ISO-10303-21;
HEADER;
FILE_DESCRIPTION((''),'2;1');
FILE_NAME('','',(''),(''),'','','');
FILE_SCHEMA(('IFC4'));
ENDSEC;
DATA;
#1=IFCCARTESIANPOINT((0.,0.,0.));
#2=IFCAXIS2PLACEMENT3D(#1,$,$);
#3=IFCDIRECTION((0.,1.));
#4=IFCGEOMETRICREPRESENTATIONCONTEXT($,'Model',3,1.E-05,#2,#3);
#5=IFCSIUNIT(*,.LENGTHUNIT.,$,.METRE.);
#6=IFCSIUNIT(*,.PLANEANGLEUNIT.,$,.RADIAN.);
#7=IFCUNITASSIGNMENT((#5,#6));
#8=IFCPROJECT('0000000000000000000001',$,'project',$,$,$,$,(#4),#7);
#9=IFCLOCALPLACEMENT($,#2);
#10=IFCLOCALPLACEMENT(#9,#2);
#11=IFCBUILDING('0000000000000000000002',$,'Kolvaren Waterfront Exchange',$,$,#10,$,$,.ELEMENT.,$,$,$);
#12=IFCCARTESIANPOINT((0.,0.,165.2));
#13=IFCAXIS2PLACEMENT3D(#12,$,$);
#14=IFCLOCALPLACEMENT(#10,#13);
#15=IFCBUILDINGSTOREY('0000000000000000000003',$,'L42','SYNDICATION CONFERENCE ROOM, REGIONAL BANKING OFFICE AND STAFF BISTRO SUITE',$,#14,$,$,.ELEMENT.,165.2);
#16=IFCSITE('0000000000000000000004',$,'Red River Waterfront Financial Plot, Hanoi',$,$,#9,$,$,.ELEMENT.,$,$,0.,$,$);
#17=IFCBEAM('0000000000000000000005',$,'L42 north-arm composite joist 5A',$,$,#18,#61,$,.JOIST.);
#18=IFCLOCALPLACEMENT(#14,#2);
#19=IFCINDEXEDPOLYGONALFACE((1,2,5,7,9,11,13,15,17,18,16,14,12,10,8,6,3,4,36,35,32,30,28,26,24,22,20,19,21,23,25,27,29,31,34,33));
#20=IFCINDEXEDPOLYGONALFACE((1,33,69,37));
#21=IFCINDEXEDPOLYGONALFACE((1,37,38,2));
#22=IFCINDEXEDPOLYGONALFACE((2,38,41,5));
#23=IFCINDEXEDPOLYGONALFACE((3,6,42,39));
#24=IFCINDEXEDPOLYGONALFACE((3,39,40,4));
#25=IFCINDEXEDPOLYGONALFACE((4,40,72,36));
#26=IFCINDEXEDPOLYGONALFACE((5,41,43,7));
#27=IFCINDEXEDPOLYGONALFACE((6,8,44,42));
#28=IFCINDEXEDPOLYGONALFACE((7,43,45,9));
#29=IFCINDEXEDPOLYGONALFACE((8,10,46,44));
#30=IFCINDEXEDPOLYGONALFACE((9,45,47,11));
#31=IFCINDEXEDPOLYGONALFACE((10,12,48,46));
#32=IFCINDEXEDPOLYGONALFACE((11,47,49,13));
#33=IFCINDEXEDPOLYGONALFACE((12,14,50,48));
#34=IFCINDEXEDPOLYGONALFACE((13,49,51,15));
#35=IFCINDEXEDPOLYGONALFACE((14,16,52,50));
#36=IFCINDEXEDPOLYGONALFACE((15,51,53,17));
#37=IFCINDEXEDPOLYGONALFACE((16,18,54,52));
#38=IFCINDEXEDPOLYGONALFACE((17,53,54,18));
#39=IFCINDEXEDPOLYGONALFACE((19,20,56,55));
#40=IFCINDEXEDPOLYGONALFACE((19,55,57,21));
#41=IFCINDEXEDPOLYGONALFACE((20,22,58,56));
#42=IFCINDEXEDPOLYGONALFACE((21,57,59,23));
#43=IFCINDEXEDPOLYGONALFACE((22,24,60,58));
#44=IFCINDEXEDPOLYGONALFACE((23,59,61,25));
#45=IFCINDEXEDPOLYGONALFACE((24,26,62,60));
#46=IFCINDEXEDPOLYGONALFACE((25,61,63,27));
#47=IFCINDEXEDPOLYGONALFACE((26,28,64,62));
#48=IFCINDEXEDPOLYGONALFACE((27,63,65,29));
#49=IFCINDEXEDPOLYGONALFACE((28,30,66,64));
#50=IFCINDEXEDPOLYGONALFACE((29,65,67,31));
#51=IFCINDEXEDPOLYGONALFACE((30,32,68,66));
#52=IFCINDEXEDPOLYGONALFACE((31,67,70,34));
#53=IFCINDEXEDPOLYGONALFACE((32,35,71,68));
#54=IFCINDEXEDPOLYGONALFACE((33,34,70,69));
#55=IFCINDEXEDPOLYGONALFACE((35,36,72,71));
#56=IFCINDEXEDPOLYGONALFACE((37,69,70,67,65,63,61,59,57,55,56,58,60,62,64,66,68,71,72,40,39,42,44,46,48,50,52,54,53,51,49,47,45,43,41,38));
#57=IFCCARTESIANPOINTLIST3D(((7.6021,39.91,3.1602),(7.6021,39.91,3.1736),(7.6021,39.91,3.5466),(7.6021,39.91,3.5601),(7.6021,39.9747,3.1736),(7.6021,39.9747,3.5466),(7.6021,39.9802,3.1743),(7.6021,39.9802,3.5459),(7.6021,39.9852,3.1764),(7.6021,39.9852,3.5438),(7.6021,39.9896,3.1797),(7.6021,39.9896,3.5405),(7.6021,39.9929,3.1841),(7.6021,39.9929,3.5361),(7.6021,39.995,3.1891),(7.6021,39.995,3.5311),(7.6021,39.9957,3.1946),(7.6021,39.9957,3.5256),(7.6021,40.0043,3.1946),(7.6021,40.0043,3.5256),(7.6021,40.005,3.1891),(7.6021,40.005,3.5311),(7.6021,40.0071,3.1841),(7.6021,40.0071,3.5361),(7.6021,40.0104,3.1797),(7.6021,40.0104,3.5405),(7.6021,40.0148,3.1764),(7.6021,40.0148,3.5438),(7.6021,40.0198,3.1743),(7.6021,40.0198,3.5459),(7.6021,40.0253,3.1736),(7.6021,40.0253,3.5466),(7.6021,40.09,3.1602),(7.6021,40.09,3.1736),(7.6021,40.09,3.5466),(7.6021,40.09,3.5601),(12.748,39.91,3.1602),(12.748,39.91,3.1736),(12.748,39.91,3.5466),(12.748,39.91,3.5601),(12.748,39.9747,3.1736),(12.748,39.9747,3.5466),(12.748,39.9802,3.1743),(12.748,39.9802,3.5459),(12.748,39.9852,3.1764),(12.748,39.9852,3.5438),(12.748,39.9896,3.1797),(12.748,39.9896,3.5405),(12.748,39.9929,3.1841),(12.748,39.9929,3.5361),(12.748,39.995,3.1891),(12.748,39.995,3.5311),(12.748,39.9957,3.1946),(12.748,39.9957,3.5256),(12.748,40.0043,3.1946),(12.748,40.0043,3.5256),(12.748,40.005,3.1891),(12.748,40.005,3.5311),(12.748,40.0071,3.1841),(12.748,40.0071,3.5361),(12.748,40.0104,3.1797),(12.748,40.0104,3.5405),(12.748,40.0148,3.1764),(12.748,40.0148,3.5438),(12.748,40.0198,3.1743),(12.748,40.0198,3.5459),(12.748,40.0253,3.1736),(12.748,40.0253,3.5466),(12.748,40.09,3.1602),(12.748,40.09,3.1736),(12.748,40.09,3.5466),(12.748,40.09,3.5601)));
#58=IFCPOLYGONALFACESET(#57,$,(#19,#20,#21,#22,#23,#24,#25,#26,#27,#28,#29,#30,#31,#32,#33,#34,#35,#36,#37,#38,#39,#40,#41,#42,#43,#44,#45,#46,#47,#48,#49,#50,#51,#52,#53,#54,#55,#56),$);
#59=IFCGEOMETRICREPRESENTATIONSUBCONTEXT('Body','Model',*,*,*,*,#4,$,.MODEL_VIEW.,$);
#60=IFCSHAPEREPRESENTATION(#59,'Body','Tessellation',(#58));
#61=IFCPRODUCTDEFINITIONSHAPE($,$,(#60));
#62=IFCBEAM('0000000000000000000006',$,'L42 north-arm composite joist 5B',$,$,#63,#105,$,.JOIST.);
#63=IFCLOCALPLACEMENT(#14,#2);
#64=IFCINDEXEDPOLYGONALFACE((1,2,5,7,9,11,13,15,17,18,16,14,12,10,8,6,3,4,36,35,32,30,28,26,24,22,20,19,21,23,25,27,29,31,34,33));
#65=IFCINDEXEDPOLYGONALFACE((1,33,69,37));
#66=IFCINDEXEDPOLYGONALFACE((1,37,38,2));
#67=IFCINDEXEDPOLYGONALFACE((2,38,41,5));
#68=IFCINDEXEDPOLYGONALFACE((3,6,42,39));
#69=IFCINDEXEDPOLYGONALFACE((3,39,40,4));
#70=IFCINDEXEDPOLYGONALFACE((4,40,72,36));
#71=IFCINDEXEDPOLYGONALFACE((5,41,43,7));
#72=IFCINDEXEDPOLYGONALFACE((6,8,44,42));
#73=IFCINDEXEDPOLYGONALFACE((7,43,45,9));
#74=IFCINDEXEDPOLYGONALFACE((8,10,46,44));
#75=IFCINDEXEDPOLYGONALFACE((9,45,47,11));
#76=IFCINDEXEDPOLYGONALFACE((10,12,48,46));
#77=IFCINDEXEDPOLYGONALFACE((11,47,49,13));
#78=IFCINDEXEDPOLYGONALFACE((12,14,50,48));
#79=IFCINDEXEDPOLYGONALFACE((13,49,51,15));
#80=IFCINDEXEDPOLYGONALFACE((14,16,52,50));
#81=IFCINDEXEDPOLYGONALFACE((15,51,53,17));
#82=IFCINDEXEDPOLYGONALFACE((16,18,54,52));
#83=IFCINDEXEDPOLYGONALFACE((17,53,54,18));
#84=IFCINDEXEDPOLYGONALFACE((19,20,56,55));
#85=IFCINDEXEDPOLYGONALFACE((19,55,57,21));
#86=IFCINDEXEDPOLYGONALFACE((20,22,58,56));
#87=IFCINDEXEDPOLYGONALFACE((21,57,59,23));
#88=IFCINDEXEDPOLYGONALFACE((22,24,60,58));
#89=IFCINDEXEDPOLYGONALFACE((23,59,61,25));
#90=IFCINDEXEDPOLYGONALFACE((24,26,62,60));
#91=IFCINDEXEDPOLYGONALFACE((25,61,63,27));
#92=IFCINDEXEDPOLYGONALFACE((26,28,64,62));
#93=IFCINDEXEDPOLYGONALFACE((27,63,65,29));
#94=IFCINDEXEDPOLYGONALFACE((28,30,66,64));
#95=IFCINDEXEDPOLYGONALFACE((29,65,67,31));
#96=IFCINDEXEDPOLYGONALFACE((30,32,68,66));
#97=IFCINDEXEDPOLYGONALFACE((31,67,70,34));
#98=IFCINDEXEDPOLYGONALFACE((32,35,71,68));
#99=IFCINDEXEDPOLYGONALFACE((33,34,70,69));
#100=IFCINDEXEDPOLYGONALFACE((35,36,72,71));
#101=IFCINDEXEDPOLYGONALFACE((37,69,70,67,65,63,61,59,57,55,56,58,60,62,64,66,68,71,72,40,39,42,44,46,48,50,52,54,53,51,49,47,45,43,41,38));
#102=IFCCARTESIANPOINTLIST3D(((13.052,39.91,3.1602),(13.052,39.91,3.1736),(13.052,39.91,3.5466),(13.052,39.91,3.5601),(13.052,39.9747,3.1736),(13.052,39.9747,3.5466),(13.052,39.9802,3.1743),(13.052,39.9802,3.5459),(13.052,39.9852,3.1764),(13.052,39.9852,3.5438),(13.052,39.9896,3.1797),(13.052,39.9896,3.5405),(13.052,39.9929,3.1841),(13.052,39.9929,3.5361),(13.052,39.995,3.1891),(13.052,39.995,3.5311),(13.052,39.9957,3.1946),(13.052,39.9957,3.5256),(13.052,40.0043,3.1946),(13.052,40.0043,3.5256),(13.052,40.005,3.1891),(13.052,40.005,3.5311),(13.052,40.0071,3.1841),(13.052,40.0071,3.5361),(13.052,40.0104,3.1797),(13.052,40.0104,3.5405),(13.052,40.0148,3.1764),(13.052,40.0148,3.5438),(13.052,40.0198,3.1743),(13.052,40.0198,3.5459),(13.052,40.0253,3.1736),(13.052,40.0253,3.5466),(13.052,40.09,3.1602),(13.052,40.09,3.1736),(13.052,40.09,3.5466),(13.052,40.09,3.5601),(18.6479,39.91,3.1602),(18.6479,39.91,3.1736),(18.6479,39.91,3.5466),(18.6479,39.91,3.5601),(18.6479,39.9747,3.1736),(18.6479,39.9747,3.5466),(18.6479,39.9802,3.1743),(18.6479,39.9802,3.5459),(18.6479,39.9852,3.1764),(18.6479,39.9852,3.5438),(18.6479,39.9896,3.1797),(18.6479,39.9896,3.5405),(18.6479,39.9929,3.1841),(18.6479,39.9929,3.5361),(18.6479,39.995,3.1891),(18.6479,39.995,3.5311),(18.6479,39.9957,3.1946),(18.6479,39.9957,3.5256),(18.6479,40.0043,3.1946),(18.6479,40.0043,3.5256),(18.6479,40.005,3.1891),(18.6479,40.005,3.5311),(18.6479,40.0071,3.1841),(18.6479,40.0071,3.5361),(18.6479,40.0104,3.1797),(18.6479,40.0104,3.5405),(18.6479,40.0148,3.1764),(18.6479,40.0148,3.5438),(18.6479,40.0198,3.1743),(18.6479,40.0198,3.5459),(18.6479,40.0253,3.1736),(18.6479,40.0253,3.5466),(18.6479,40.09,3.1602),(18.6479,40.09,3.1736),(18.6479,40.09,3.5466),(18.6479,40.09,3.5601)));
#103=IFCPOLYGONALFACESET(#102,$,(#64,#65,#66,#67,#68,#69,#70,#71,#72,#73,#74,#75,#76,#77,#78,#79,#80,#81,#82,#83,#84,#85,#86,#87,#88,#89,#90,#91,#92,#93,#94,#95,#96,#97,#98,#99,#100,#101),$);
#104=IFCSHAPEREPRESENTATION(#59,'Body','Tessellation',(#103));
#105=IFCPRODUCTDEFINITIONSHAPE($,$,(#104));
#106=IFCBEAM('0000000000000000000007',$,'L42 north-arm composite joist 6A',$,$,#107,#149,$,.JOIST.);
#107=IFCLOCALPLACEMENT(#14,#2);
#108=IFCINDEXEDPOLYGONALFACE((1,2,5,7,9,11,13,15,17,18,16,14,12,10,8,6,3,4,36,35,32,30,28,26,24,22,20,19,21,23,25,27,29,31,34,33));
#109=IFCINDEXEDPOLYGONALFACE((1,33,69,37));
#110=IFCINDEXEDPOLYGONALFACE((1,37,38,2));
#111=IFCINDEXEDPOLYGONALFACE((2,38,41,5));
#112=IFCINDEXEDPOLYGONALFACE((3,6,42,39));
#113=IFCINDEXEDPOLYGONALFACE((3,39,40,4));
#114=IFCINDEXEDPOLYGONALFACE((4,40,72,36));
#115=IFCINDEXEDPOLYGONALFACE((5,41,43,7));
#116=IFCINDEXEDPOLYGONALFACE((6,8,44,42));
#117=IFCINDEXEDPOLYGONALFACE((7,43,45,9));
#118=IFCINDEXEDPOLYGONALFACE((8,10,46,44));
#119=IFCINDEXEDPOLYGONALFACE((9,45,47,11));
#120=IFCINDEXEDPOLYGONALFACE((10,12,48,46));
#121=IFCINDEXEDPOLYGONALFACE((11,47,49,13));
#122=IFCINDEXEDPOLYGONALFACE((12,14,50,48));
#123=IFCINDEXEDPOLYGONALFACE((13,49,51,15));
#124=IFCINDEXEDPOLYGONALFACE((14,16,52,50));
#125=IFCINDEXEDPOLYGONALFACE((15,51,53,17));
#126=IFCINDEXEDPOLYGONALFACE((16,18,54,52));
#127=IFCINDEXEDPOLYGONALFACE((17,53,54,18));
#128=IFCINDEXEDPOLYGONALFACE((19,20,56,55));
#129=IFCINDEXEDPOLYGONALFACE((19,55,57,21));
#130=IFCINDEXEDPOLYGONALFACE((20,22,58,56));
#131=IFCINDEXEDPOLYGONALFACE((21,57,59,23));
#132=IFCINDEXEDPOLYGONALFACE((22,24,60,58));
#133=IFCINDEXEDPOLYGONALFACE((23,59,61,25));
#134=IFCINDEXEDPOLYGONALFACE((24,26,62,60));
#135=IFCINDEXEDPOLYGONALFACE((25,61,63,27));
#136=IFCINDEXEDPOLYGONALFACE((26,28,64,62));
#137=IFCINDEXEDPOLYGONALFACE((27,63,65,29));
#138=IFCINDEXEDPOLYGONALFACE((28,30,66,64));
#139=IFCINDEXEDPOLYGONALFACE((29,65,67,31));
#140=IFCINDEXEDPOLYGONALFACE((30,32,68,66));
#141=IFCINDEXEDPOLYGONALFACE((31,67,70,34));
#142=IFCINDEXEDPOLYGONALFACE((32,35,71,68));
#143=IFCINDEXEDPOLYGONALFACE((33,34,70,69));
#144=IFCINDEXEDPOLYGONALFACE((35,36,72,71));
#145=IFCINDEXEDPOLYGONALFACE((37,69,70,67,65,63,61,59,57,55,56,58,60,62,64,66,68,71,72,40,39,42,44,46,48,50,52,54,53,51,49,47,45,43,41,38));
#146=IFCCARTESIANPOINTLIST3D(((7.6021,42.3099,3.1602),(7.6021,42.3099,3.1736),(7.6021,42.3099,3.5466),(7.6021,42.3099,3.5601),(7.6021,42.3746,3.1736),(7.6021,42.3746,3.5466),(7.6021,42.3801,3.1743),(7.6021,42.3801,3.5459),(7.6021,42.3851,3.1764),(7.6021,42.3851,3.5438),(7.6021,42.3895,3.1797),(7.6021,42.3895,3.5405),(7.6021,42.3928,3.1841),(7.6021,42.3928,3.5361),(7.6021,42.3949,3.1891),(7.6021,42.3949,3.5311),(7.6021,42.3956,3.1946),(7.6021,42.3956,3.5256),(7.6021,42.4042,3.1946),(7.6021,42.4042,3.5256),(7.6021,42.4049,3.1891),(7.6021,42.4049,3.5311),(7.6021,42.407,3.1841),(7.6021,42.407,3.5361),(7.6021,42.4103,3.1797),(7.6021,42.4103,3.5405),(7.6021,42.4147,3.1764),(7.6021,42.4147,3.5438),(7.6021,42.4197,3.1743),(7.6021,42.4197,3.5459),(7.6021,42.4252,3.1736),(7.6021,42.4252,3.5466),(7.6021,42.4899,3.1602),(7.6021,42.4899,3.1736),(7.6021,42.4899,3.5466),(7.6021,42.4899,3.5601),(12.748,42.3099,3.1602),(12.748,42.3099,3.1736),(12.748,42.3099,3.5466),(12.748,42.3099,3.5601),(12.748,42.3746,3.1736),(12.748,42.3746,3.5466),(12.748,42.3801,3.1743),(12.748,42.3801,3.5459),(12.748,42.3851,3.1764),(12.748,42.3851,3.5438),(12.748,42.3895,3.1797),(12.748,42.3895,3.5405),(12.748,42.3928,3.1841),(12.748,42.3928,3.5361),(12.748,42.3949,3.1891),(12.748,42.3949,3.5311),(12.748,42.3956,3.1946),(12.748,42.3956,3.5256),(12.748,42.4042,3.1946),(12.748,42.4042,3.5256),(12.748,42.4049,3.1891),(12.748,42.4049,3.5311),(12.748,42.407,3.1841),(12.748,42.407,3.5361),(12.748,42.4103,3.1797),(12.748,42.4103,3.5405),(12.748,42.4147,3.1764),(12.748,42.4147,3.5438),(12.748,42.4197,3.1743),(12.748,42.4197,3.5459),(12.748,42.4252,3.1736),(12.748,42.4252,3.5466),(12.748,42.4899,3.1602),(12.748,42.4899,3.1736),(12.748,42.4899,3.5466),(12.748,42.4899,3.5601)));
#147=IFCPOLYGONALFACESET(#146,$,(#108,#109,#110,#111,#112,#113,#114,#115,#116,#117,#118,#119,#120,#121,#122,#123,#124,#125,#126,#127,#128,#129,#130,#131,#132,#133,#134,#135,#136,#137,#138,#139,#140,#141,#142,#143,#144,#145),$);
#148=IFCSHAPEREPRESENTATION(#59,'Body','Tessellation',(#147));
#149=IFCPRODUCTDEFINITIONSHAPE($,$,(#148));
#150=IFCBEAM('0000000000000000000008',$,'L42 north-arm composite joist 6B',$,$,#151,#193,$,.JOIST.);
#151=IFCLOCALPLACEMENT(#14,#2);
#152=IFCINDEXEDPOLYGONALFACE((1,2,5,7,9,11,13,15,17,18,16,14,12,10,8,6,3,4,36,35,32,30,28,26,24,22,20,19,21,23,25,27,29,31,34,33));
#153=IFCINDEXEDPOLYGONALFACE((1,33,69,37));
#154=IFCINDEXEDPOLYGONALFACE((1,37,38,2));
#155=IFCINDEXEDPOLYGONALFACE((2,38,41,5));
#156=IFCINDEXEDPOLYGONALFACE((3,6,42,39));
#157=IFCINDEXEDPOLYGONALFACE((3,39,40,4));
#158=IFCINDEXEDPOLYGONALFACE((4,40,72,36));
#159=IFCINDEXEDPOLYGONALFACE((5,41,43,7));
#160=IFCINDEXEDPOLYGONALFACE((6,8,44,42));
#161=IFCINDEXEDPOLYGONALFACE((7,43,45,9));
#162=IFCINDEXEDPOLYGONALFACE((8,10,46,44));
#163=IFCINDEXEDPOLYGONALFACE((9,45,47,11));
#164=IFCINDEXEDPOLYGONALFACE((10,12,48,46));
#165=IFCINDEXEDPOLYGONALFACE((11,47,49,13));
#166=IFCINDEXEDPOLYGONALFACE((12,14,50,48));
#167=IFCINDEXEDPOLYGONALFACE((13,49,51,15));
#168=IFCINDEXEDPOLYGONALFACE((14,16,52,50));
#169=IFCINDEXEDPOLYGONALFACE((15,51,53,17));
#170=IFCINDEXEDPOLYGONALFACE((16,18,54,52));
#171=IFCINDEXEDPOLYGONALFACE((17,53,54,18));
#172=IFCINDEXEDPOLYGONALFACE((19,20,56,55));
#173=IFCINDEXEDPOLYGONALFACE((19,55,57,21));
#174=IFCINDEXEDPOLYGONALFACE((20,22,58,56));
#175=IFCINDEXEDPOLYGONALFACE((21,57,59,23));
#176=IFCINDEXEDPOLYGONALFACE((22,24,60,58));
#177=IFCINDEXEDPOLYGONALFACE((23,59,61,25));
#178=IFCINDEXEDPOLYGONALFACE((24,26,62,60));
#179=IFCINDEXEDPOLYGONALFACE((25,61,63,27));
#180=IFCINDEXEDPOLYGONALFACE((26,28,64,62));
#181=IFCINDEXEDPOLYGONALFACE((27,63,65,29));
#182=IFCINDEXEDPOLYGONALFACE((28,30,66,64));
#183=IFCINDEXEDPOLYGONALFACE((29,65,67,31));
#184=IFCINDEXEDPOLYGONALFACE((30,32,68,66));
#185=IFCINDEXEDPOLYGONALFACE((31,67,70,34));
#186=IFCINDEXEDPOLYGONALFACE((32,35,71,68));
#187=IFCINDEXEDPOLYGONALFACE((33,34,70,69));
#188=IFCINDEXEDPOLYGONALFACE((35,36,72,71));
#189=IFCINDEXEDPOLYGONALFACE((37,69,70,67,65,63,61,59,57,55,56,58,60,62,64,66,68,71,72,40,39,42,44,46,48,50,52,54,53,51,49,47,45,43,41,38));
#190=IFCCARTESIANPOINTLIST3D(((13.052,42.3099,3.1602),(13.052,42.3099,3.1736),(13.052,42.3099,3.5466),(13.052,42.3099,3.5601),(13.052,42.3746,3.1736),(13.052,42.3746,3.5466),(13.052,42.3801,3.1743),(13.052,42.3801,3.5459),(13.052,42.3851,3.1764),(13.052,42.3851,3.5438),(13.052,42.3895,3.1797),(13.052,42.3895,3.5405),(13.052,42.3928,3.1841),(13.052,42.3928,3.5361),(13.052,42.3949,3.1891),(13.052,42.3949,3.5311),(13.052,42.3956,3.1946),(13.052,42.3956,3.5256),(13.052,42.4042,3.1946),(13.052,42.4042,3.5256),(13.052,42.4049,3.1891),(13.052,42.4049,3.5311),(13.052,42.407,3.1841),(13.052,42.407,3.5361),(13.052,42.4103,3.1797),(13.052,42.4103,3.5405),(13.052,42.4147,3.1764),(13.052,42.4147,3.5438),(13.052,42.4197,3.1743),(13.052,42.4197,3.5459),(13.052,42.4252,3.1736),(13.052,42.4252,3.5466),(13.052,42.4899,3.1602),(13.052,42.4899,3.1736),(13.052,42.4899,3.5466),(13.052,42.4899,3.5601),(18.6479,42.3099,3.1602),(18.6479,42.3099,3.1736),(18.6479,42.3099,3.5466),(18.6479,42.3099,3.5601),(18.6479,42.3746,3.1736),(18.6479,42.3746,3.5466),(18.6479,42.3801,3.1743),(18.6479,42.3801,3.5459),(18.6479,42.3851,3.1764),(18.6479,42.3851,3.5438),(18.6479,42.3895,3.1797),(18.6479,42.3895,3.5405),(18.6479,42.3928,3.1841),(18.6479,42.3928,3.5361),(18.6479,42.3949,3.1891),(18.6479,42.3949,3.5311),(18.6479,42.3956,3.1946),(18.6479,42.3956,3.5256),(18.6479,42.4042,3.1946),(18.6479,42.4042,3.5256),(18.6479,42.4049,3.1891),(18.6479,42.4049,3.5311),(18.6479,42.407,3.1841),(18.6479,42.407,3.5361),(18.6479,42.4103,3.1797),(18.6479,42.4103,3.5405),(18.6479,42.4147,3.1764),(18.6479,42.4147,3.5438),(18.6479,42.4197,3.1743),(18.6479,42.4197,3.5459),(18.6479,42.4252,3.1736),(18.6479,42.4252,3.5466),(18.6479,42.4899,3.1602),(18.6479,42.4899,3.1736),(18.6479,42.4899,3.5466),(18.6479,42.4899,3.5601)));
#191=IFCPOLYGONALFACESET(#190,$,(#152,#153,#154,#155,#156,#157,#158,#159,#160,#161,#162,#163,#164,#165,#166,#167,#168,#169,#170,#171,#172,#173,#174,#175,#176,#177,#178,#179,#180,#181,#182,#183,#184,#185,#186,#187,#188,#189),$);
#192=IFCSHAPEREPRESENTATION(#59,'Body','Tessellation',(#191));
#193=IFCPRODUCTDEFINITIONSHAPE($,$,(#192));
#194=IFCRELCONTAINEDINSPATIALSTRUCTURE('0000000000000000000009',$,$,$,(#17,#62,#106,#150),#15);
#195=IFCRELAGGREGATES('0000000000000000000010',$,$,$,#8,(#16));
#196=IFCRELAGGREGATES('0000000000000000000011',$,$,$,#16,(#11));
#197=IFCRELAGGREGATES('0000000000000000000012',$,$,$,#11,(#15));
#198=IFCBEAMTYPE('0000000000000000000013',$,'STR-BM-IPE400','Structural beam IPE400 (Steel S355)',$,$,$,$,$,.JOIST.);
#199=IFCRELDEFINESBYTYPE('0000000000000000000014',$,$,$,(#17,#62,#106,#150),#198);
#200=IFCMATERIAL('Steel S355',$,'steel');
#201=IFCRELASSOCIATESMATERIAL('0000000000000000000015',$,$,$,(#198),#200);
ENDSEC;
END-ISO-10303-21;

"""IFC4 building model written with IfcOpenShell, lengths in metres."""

from ifc_helpers import new_model, si_unit, direction, frame, origin, origin_2d, place, context, subcontext, project, spatial, i_section, extrude, material, material_profile, profile_set, type_object, element, save


model = new_model("IFC4")

# Units and contexts
model_context = context("Model", 3, precision=1e-05, world=origin(), true_north=direction((0.0, 1.0)))
body_context = subcontext(model_context, "Body", "Model", "MODEL_VIEW")
ifc_project = project(units=[si_unit("LENGTHUNIT", "METRE"), si_unit("PLANEANGLEUNIT", "RADIAN")], contexts=[model_context])

# Site, building, storey
site_placement = place(None, origin())
site = spatial("IfcSite", under=ifc_project, at=site_placement, Name="Red River Waterfront Financial Plot, Hanoi", CompositionType="ELEMENT", RefElevation=0.0)
building_placement = place(site_placement, origin())
building = spatial("IfcBuilding", under=site, at=building_placement, Name="Kolvaren Waterfront Exchange", CompositionType="ELEMENT")
storey_placement = place(building_placement, frame((0.0, 0.0, 165.2)))
storey = spatial("IfcBuildingStorey", under=building, at=storey_placement, Name="L42", Description="SYNDICATION CONFERENCE ROOM, REGIONAL BANKING OFFICE AND STAFF BISTRO SUITE", CompositionType="ELEMENT", Elevation=165.2)

# Beams
ifc_material_1 = material(Name="Steel S355", Category="steel")
ifc_material_profile_1 = material_profile(ifc_material_1, i_section(OverallWidth=0.1799, OverallDepth=0.3999, WebThickness=0.0085, FlangeThickness=0.0134, FilletRadius=0.021, at=origin_2d()), Name="IPE400")
ifc_profile_set_1 = profile_set([ifc_material_profile_1], Name="Steel S355")
beam_type_1 = type_object("IfcBeamType", Name="STR-BM-IPE400", Description="Structural beam IPE400 (Steel S355)", PredefinedType="JOIST", material=ifc_profile_set_1)
beam_1_placement = place(storey_placement, frame((7.6021, 40.0, 3.3601), z_axis=(1.0, 0.0, 0.0), x_axis=(0.0, 1.0, 0.0)))
element("IfcBeam", 1, at=beam_1_placement, inside=storey, type_object=beam_type_1, Name="L42 north-arm composite joist 5A", PredefinedType="JOIST", context=body_context, shape_type="SweptSolid", body=[
    extrude(i_section(OverallWidth=0.1799, OverallDepth=0.3999, WebThickness=0.0085, FlangeThickness=0.0134, FilletRadius=0.021, at=origin_2d()), origin(), (0.0, 0.0, 1.0), 5.146),
])
beam_2_placement = place(storey_placement, frame((13.052, 40.0, 3.3601), z_axis=(1.0, 0.0, 0.0), x_axis=(0.0, 1.0, 0.0)))
element("IfcBeam", 2, at=beam_2_placement, inside=storey, type_object=beam_type_1, Name="L42 north-arm composite joist 5B", PredefinedType="JOIST", context=body_context, shape_type="SweptSolid", body=[
    extrude(i_section(OverallWidth=0.1799, OverallDepth=0.3999, WebThickness=0.0085, FlangeThickness=0.0134, FilletRadius=0.021, at=origin_2d()), origin(), (0.0, 0.0, 1.0), 5.5959),
])
beam_3_placement = place(storey_placement, frame((7.6021, 42.3999, 3.3601), z_axis=(1.0, 0.0, 0.0), x_axis=(0.0, 1.0, 0.0)))
element("IfcBeam", 3, at=beam_3_placement, inside=storey, type_object=beam_type_1, Name="L42 north-arm composite joist 6A", PredefinedType="JOIST", context=body_context, shape_type="SweptSolid", body=[
    extrude(i_section(OverallWidth=0.1799, OverallDepth=0.3999, WebThickness=0.0085, FlangeThickness=0.0134, FilletRadius=0.021, at=origin_2d()), origin(), (0.0, 0.0, 1.0), 5.146),
])
beam_4_placement = place(storey_placement, frame((13.052, 42.3999, 3.3601), z_axis=(1.0, 0.0, 0.0), x_axis=(0.0, 1.0, 0.0)))
element("IfcBeam", 4, at=beam_4_placement, inside=storey, type_object=beam_type_1, Name="L42 north-arm composite joist 6B", PredefinedType="JOIST", context=body_context, shape_type="SweptSolid", body=[
    extrude(i_section(OverallWidth=0.1799, OverallDepth=0.3999, WebThickness=0.0085, FlangeThickness=0.0134, FilletRadius=0.021, at=origin_2d()), origin(), (0.0, 0.0, 1.0), 5.5959),
])

save(model, "model.ifc")
